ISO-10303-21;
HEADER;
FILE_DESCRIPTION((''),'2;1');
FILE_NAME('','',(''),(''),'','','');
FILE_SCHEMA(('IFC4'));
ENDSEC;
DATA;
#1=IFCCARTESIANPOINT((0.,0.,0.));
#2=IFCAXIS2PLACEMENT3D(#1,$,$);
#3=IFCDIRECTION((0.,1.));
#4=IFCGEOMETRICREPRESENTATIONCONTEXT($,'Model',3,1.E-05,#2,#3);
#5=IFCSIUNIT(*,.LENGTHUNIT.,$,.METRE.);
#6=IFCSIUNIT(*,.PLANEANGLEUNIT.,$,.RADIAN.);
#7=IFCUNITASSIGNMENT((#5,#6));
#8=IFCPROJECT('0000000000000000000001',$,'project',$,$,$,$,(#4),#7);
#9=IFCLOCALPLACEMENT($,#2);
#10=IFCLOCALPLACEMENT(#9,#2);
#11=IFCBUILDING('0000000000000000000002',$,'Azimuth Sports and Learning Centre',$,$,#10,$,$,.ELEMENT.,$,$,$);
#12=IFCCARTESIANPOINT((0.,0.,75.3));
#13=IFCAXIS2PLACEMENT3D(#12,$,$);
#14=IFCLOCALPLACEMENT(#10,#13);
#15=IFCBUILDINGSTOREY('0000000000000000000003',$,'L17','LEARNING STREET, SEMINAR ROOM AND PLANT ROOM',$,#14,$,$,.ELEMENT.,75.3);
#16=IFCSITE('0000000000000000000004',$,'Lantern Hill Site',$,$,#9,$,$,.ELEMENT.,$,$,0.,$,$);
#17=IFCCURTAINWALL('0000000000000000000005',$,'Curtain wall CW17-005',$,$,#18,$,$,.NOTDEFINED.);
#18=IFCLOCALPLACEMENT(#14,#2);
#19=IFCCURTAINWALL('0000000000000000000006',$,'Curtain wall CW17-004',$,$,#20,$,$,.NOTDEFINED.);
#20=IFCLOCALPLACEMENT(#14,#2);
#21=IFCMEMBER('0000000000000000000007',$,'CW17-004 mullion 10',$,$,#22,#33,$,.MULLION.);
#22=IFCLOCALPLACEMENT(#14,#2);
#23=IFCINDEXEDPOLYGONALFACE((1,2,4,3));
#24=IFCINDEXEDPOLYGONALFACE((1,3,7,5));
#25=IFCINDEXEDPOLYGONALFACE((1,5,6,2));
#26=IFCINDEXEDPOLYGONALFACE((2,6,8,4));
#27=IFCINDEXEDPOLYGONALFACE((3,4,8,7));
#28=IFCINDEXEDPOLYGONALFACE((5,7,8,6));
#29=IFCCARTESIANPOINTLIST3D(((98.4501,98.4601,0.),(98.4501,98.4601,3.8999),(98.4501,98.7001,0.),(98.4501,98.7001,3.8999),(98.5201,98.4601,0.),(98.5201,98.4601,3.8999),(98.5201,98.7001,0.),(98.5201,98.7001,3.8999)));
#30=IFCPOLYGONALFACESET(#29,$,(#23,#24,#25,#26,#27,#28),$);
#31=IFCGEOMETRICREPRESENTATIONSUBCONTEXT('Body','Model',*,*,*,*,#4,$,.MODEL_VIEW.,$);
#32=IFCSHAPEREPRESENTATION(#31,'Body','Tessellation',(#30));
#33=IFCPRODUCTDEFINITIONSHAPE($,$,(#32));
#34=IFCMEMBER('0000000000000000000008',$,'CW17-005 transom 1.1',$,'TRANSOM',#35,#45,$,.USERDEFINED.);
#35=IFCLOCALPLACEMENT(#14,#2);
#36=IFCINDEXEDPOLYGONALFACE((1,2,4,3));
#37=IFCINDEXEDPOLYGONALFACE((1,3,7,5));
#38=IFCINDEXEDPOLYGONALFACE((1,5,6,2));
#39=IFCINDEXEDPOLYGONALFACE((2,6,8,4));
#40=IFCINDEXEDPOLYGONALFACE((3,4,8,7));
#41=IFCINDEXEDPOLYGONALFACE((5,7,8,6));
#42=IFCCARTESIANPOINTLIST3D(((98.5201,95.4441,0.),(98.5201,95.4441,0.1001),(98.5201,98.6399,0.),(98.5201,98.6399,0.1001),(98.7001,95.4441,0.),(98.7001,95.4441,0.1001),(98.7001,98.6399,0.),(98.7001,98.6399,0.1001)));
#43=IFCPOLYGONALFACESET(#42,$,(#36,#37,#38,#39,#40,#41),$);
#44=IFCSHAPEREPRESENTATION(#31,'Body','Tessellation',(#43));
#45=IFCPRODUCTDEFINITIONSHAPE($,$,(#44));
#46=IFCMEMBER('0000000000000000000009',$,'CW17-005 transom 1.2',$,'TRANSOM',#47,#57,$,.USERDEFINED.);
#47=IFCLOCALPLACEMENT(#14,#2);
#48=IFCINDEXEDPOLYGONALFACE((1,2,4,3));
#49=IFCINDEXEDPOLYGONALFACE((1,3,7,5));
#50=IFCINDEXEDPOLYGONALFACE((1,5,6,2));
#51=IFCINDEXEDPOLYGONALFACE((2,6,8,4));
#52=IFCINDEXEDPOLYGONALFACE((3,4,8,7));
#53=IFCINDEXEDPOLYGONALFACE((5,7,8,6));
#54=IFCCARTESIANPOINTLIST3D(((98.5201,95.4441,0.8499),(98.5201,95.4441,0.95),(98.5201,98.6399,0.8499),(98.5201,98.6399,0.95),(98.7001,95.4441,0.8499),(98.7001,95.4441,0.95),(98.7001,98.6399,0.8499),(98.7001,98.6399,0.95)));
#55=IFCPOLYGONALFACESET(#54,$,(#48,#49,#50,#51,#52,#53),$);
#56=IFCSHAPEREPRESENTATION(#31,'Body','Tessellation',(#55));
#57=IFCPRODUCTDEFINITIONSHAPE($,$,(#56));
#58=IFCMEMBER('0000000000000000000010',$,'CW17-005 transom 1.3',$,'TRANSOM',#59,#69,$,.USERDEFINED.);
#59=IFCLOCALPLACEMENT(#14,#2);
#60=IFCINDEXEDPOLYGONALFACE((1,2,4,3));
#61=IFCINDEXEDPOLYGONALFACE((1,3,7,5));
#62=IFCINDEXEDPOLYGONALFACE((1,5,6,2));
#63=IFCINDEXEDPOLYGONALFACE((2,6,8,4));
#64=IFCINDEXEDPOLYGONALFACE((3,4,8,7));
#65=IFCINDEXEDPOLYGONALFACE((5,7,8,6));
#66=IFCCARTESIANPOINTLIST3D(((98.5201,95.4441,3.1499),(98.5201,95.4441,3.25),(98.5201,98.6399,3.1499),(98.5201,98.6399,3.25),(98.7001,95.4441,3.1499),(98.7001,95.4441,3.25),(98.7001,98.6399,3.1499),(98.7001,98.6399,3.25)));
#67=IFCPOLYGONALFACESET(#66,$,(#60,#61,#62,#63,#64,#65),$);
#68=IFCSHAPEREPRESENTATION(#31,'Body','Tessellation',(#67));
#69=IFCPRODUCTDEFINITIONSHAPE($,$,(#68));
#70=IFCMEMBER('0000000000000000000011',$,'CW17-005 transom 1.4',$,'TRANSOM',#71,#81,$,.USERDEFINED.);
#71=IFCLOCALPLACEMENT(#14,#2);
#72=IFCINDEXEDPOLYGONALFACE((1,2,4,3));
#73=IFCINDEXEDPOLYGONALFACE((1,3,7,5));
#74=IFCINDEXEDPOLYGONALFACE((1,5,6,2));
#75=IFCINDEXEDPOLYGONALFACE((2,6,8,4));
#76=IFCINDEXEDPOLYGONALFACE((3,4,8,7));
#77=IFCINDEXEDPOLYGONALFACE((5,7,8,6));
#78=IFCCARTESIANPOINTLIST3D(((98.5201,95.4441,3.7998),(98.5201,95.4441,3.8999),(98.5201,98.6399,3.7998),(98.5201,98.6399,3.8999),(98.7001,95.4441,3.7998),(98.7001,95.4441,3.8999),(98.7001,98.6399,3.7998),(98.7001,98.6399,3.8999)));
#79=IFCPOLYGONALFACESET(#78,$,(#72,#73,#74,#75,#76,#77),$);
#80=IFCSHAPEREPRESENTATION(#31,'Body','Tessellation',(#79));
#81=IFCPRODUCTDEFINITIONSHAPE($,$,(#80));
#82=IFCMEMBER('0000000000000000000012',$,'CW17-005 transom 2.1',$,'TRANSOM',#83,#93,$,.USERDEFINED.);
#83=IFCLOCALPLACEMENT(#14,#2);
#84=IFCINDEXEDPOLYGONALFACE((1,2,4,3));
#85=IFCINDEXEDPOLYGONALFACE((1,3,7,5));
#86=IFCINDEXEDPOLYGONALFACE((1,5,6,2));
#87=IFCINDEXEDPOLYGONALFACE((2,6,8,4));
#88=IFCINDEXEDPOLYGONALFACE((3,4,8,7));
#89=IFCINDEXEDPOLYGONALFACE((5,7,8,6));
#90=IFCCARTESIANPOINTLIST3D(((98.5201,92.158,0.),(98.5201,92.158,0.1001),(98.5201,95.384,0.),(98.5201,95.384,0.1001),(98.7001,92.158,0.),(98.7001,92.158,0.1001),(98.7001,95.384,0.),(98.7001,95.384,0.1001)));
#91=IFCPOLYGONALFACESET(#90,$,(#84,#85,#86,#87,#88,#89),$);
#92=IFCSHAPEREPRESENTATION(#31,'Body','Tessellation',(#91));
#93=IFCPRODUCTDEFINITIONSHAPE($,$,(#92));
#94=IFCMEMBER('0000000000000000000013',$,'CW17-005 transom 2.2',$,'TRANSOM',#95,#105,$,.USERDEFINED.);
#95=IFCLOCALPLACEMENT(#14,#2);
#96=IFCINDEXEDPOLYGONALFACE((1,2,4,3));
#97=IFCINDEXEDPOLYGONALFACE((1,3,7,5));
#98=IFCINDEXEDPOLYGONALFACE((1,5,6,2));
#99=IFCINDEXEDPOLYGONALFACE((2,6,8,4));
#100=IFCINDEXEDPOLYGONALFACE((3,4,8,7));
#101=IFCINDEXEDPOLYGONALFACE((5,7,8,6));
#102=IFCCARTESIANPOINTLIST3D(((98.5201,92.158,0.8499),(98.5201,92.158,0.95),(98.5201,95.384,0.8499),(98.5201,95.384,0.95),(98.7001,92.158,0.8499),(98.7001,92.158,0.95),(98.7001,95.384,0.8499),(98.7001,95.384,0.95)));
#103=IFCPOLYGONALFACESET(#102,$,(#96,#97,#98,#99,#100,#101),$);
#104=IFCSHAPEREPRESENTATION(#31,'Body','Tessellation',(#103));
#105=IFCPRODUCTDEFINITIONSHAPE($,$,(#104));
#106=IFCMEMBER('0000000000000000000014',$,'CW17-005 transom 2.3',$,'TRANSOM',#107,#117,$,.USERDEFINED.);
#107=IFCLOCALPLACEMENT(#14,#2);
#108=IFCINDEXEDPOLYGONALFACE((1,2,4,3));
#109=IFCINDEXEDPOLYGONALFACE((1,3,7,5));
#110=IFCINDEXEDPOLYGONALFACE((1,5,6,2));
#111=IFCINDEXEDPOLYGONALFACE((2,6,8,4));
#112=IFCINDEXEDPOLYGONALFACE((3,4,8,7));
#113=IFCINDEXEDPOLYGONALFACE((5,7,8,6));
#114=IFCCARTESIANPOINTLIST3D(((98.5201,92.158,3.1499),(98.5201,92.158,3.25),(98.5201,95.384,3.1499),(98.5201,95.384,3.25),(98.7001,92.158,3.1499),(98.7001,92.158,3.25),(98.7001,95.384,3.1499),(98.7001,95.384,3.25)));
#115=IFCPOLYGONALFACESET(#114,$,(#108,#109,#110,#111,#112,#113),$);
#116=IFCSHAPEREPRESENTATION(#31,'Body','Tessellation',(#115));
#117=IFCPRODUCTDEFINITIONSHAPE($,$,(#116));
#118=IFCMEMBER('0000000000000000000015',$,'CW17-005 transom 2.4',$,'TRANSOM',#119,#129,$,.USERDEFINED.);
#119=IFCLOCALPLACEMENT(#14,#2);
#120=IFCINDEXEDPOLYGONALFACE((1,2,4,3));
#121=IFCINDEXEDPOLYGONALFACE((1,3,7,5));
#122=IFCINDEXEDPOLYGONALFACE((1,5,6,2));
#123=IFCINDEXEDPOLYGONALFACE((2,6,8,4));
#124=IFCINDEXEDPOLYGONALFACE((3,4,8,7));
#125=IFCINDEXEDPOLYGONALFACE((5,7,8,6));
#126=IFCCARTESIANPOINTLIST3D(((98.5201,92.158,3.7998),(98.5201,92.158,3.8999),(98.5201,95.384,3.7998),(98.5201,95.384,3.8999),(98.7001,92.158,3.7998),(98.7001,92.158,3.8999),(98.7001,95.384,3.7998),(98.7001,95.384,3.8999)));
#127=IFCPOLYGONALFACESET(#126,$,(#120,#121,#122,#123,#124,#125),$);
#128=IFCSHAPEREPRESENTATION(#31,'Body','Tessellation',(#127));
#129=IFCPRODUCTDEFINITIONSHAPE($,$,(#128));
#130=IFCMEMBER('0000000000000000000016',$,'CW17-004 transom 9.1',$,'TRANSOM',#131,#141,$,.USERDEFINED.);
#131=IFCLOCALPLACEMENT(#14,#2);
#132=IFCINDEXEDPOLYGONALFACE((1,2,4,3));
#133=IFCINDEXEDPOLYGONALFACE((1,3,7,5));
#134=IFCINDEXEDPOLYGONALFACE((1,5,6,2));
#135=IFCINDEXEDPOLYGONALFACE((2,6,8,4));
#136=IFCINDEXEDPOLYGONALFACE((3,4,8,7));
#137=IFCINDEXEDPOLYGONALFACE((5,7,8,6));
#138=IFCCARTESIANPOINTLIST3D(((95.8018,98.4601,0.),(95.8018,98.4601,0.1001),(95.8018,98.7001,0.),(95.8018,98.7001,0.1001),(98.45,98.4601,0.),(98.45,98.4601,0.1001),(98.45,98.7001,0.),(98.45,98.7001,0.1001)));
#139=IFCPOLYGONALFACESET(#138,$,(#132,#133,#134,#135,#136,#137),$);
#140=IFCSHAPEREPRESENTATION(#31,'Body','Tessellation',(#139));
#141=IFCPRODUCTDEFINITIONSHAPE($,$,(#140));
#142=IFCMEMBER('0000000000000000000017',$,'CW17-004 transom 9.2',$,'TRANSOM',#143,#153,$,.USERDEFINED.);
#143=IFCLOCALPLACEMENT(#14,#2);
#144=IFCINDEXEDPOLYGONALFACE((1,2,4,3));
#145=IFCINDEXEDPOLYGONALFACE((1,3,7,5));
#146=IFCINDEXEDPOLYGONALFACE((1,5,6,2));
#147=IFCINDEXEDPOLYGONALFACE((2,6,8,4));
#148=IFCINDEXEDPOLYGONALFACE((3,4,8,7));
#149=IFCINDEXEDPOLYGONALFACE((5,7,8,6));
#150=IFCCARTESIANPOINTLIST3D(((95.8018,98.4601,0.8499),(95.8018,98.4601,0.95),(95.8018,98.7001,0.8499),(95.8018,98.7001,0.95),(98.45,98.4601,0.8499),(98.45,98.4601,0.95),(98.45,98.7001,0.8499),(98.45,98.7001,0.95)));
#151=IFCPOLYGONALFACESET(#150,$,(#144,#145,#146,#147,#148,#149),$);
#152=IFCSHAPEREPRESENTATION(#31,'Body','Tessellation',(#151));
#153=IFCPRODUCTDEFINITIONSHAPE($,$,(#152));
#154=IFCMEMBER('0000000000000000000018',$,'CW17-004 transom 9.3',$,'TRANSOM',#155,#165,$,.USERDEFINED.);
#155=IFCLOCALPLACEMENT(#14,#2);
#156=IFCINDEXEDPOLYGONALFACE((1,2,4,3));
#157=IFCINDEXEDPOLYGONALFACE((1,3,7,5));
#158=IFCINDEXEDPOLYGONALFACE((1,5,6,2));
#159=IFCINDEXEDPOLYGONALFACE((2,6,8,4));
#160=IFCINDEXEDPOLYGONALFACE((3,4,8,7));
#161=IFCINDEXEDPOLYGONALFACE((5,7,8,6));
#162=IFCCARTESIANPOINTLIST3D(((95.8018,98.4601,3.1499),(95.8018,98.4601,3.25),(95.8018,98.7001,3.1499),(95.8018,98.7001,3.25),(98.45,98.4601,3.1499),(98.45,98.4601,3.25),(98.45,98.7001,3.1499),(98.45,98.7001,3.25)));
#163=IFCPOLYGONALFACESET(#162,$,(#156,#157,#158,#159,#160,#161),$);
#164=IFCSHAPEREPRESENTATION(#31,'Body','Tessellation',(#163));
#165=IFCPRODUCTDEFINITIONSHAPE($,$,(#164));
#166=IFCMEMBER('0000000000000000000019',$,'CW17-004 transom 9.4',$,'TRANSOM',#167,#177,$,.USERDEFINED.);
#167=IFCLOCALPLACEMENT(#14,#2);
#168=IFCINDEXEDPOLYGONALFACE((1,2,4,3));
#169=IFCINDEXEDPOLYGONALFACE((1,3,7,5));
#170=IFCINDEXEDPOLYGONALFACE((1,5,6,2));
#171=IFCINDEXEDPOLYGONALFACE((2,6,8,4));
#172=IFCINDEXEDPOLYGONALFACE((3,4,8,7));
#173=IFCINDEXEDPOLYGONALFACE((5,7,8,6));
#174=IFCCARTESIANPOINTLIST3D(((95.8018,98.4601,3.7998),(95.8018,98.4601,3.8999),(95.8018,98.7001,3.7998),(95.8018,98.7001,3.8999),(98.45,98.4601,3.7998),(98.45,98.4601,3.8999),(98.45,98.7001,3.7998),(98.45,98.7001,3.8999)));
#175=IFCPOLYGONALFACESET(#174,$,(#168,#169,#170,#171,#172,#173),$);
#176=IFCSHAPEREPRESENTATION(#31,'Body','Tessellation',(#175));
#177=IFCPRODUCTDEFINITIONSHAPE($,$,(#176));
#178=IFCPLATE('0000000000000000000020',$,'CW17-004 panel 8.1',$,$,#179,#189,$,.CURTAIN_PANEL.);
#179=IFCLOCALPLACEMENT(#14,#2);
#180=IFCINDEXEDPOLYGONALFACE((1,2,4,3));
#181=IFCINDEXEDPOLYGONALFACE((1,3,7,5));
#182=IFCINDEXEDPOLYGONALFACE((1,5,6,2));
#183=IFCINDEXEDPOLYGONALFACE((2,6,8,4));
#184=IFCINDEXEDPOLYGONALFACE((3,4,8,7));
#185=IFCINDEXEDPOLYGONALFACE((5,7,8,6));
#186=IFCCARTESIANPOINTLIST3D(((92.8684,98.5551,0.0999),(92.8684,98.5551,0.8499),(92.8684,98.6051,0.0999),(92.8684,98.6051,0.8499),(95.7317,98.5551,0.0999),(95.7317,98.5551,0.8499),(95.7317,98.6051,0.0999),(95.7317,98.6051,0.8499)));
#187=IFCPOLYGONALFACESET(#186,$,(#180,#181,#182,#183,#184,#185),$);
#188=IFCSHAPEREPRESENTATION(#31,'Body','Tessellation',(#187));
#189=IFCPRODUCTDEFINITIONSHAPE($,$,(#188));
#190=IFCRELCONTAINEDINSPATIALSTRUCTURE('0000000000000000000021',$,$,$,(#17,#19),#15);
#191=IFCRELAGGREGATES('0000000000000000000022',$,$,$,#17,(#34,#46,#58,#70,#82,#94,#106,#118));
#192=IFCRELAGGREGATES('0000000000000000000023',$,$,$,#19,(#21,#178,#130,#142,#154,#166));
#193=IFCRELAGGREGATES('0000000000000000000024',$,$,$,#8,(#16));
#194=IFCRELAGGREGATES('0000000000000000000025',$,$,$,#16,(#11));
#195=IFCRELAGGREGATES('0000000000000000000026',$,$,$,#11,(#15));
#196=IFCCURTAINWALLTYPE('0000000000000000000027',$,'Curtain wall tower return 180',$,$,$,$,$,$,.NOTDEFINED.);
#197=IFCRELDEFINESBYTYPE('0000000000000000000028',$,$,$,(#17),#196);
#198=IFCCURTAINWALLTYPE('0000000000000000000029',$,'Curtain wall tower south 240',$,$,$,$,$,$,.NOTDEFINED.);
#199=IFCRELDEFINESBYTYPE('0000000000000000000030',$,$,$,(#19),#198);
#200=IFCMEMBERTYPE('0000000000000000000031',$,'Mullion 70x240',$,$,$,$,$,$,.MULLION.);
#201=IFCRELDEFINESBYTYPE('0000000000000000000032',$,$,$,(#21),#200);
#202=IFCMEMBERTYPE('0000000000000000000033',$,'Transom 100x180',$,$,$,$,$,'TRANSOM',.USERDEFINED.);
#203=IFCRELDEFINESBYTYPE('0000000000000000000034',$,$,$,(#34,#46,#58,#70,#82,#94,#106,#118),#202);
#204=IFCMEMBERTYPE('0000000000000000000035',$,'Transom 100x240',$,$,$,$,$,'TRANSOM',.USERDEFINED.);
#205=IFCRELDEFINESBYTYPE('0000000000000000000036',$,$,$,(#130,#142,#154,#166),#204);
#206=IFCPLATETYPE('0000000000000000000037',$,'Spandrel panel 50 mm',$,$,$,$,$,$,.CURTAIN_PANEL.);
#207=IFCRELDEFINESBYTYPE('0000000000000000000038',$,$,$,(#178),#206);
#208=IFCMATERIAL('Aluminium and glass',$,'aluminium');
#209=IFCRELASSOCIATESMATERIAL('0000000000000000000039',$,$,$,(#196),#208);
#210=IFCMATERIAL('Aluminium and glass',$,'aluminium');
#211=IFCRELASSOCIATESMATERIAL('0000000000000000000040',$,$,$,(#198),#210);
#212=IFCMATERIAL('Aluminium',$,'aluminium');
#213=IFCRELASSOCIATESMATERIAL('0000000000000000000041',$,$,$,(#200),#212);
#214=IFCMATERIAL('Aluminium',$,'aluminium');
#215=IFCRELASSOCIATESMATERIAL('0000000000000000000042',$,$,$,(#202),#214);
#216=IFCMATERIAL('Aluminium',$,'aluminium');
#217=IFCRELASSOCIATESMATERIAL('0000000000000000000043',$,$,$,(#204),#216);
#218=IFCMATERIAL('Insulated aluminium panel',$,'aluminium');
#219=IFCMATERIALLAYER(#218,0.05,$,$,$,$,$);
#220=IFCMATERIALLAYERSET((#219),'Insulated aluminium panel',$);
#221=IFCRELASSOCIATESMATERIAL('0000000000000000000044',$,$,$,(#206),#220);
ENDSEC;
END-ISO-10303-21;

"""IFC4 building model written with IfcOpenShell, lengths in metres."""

from ifc_helpers import new_model, si_unit, direction, frame, origin, origin_2d, place, context, subcontext, project, spatial, rectangle, extrude, material, layer, layer_set, material_profile, profile_set, type_object, element, aggregate, save


model = new_model("IFC4")

# Units and contexts
model_context = context("Model", 3, precision=1e-05, world=origin(), true_north=direction((0.0, 1.0)))
body_context = subcontext(model_context, "Body", "Model", "MODEL_VIEW")
ifc_project = project(units=[si_unit("LENGTHUNIT", "METRE"), si_unit("PLANEANGLEUNIT", "RADIAN")], contexts=[model_context])

# Site, building, storey
site_placement = place(None, origin())
site = spatial("IfcSite", under=ifc_project, at=site_placement, Name="Lantern Hill Site", CompositionType="ELEMENT", RefElevation=0.0)
building_placement = place(site_placement, origin())
building = spatial("IfcBuilding", under=site, at=building_placement, Name="Azimuth Sports and Learning Centre", CompositionType="ELEMENT")
storey_placement = place(building_placement, frame((0.0, 0.0, 75.3)))
storey = spatial("IfcBuildingStorey", under=building, at=storey_placement, Name="L17", Description="LEARNING STREET, SEMINAR ROOM AND PLANT ROOM", CompositionType="ELEMENT", Elevation=75.3)

# Curtain walls, member
ifc_material_1 = material(Name="Aluminium and glass", Category="aluminium")
curtain_wall_type_1 = type_object("IfcCurtainWallType", Name="Curtain wall tower return 180", PredefinedType="NOTDEFINED", material=ifc_material_1)
curtain_wall_1_placement = place(storey_placement, origin())
curtain_wall_1 = element("IfcCurtainWall", 1, at=curtain_wall_1_placement, inside=storey, type_object=curtain_wall_type_1, Name="Curtain wall CW17-005", PredefinedType="NOTDEFINED")
ifc_material_2 = material(Name="Aluminium and glass", Category="aluminium")
curtain_wall_type_2 = type_object("IfcCurtainWallType", Name="Curtain wall tower south 240", PredefinedType="NOTDEFINED", material=ifc_material_2)
curtain_wall_2_placement = place(storey_placement, origin())
curtain_wall_2 = element("IfcCurtainWall", 2, at=curtain_wall_2_placement, inside=storey, type_object=curtain_wall_type_2, Name="Curtain wall CW17-004", PredefinedType="NOTDEFINED")
ifc_material_3 = material(Name="Aluminium", Category="aluminium")
ifc_material_profile_1 = material_profile(ifc_material_3, rectangle(XDim=0.24, YDim=0.0701, at=origin_2d()), Name="Mullion 70x240")
ifc_profile_set_1 = profile_set([ifc_material_profile_1], Name="Aluminium")
member_type_1 = type_object("IfcMemberType", Name="Mullion 70x240", PredefinedType="MULLION", material=ifc_profile_set_1)
member_1_placement = place(storey_placement, frame((98.4851, 98.5801, 0.0), z_axis=(0.0, 0.0, 1.0), x_axis=(0.0, 1.0, 0.0)))
member_1 = element("IfcMember", 3, at=member_1_placement, type_object=member_type_1, Name="CW17-004 mullion 10", PredefinedType="MULLION", context=body_context, shape_type="SweptSolid", body=[
    extrude(rectangle(XDim=0.24, YDim=0.0701, at=origin_2d()), origin(), (0.0, 0.0, 1.0), 3.8999),
])

# Members
ifc_material_4 = material(Name="Aluminium", Category="aluminium")
ifc_material_profile_2 = material_profile(ifc_material_4, rectangle(XDim=0.1799, YDim=0.1001, at=origin_2d()), Name="Transom 100x180")
ifc_profile_set_2 = profile_set([ifc_material_profile_2], Name="Aluminium")
member_type_2 = type_object("IfcMemberType", Name="Transom 100x180", ElementType="TRANSOM", PredefinedType="USERDEFINED", material=ifc_profile_set_2)
member_2_placement = place(storey_placement, frame((98.6101, 98.6399, 0.05), z_axis=(0.0, -1.0, 0.0), x_axis=(1.0, 0.0, 0.0)))
member_2 = element("IfcMember", 4, at=member_2_placement, type_object=member_type_2, Name="CW17-005 transom 1.1", ObjectType="TRANSOM", PredefinedType="USERDEFINED", context=body_context, shape_type="SweptSolid", body=[
    extrude(rectangle(XDim=0.1799, YDim=0.1001, at=origin_2d()), origin(), (0.0, 0.0, 1.0), 3.1958),
])
member_3_placement = place(storey_placement, frame((98.6101, 98.6399, 0.8999), z_axis=(0.0, -1.0, 0.0), x_axis=(1.0, 0.0, 0.0)))
member_3 = element("IfcMember", 5, at=member_3_placement, type_object=member_type_2, Name="CW17-005 transom 1.2", ObjectType="TRANSOM", PredefinedType="USERDEFINED", context=body_context, shape_type="SweptSolid", body=[
    extrude(rectangle(XDim=0.1799, YDim=0.1001, at=origin_2d()), origin(), (0.0, 0.0, 1.0), 3.1958),
])
member_4_placement = place(storey_placement, frame((98.6101, 98.6399, 3.2), z_axis=(0.0, -1.0, 0.0), x_axis=(1.0, 0.0, 0.0)))
member_4 = element("IfcMember", 6, at=member_4_placement, type_object=member_type_2, Name="CW17-005 transom 1.3", ObjectType="TRANSOM", PredefinedType="USERDEFINED", context=body_context, shape_type="SweptSolid", body=[
    extrude(rectangle(XDim=0.1799, YDim=0.1001, at=origin_2d()), origin(), (0.0, 0.0, 1.0), 3.1958),
])
member_5_placement = place(storey_placement, frame((98.6101, 98.6399, 3.8499), z_axis=(0.0, -1.0, 0.0), x_axis=(1.0, 0.0, 0.0)))
member_5 = element("IfcMember", 7, at=member_5_placement, type_object=member_type_2, Name="CW17-005 transom 1.4", ObjectType="TRANSOM", PredefinedType="USERDEFINED", context=body_context, shape_type="SweptSolid", body=[
    extrude(rectangle(XDim=0.1799, YDim=0.1001, at=origin_2d()), origin(), (0.0, 0.0, 1.0), 3.1958),
])
member_6_placement = place(storey_placement, frame((98.6101, 95.384, 0.05), z_axis=(0.0, -1.0, 0.0), x_axis=(1.0, 0.0, 0.0)))
member_6 = element("IfcMember", 8, at=member_6_placement, type_object=member_type_2, Name="CW17-005 transom 2.1", ObjectType="TRANSOM", PredefinedType="USERDEFINED", context=body_context, shape_type="SweptSolid", body=[
    extrude(rectangle(XDim=0.1799, YDim=0.1001, at=origin_2d()), origin(), (0.0, 0.0, 1.0), 3.2261),
])
member_7_placement = place(storey_placement, frame((98.6101, 95.384, 0.8999), z_axis=(0.0, -1.0, 0.0), x_axis=(1.0, 0.0, 0.0)))
member_7 = element("IfcMember", 9, at=member_7_placement, type_object=member_type_2, Name="CW17-005 transom 2.2", ObjectType="TRANSOM", PredefinedType="USERDEFINED", context=body_context, shape_type="SweptSolid", body=[
    extrude(rectangle(XDim=0.1799, YDim=0.1001, at=origin_2d()), origin(), (0.0, 0.0, 1.0), 3.2261),
])
member_8_placement = place(storey_placement, frame((98.6101, 95.384, 3.2), z_axis=(0.0, -1.0, 0.0), x_axis=(1.0, 0.0, 0.0)))
member_8 = element("IfcMember", 10, at=member_8_placement, type_object=member_type_2, Name="CW17-005 transom 2.3", ObjectType="TRANSOM", PredefinedType="USERDEFINED", context=body_context, shape_type="SweptSolid", body=[
    extrude(rectangle(XDim=0.1799, YDim=0.1001, at=origin_2d()), origin(), (0.0, 0.0, 1.0), 3.2261),
])
member_9_placement = place(storey_placement, frame((98.6101, 95.384, 3.8499), z_axis=(0.0, -1.0, 0.0), x_axis=(1.0, 0.0, 0.0)))
member_9 = element("IfcMember", 11, at=member_9_placement, type_object=member_type_2, Name="CW17-005 transom 2.4", ObjectType="TRANSOM", PredefinedType="USERDEFINED", context=body_context, shape_type="SweptSolid", body=[
    extrude(rectangle(XDim=0.1799, YDim=0.1001, at=origin_2d()), origin(), (0.0, 0.0, 1.0), 3.2261),
])
ifc_material_5 = material(Name="Aluminium", Category="aluminium")
ifc_material_profile_3 = material_profile(ifc_material_5, rectangle(XDim=0.24, YDim=0.1001, at=origin_2d()), Name="Transom 100x240")
ifc_profile_set_3 = profile_set([ifc_material_profile_3], Name="Aluminium")
member_type_3 = type_object("IfcMemberType", Name="Transom 100x240", ElementType="TRANSOM", PredefinedType="USERDEFINED", material=ifc_profile_set_3)
member_10_placement = place(storey_placement, frame((95.8018, 98.5801, 0.05), z_axis=(1.0, 0.0, 0.0), x_axis=(0.0, 1.0, 0.0)))
member_10 = element("IfcMember", 12, at=member_10_placement, type_object=member_type_3, Name="CW17-004 transom 9.1", ObjectType="TRANSOM", PredefinedType="USERDEFINED", context=body_context, shape_type="SweptSolid", body=[
    extrude(rectangle(XDim=0.24, YDim=0.1001, at=origin_2d()), origin(), (0.0, 0.0, 1.0), 2.6482),
])
member_11_placement = place(storey_placement, frame((95.8018, 98.5801, 0.8999), z_axis=(1.0, 0.0, 0.0), x_axis=(0.0, 1.0, 0.0)))
member_11 = element("IfcMember", 13, at=member_11_placement, type_object=member_type_3, Name="CW17-004 transom 9.2", ObjectType="TRANSOM", PredefinedType="USERDEFINED", context=body_context, shape_type="SweptSolid", body=[
    extrude(rectangle(XDim=0.24, YDim=0.1001, at=origin_2d()), origin(), (0.0, 0.0, 1.0), 2.6482),
])
member_12_placement = place(storey_placement, frame((95.8018, 98.5801, 3.2), z_axis=(1.0, 0.0, 0.0), x_axis=(0.0, 1.0, 0.0)))
member_12 = element("IfcMember", 14, at=member_12_placement, type_object=member_type_3, Name="CW17-004 transom 9.3", ObjectType="TRANSOM", PredefinedType="USERDEFINED", context=body_context, shape_type="SweptSolid", body=[
    extrude(rectangle(XDim=0.24, YDim=0.1001, at=origin_2d()), origin(), (0.0, 0.0, 1.0), 2.6482),
])
member_13_placement = place(storey_placement, frame((95.8018, 98.5801, 3.8499), z_axis=(1.0, 0.0, 0.0), x_axis=(0.0, 1.0, 0.0)))
member_13 = element("IfcMember", 15, at=member_13_placement, type_object=member_type_3, Name="CW17-004 transom 9.4", ObjectType="TRANSOM", PredefinedType="USERDEFINED", context=body_context, shape_type="SweptSolid", body=[
    extrude(rectangle(XDim=0.24, YDim=0.1001, at=origin_2d()), origin(), (0.0, 0.0, 1.0), 2.6482),
])

# Plate
ifc_material_6 = material(Name="Insulated aluminium panel", Category="aluminium")
ifc_layer_1 = layer(ifc_material_6, 0.05)
ifc_layer_set_1 = layer_set([ifc_layer_1], Name="Insulated aluminium panel")
plate_type_1 = type_object("IfcPlateType", Name="Spandrel panel 50 mm", PredefinedType="CURTAIN_PANEL", material=ifc_layer_set_1)
plate_1_placement = place(storey_placement, frame((94.3, 98.5801, 0.0999), z_axis=(0.0, 0.0, 1.0), x_axis=(1.0, 0.0, 0.0)))
plate_1 = element("IfcPlate", 16, at=plate_1_placement, type_object=plate_type_1, Name="CW17-004 panel 8.1", PredefinedType="CURTAIN_PANEL", context=body_context, shape_type="SweptSolid", body=[
    extrude(rectangle(XDim=2.8633, YDim=0.05, at=origin_2d()), origin(), (0.0, 0.0, 1.0), 0.75),
])
aggregate(curtain_wall_1, [member_2, member_3, member_4, member_5, member_6, member_7, member_8, member_9])
aggregate(curtain_wall_2, [member_1, plate_1, member_10, member_11, member_12, member_13])

save(model, "model.ifc")
